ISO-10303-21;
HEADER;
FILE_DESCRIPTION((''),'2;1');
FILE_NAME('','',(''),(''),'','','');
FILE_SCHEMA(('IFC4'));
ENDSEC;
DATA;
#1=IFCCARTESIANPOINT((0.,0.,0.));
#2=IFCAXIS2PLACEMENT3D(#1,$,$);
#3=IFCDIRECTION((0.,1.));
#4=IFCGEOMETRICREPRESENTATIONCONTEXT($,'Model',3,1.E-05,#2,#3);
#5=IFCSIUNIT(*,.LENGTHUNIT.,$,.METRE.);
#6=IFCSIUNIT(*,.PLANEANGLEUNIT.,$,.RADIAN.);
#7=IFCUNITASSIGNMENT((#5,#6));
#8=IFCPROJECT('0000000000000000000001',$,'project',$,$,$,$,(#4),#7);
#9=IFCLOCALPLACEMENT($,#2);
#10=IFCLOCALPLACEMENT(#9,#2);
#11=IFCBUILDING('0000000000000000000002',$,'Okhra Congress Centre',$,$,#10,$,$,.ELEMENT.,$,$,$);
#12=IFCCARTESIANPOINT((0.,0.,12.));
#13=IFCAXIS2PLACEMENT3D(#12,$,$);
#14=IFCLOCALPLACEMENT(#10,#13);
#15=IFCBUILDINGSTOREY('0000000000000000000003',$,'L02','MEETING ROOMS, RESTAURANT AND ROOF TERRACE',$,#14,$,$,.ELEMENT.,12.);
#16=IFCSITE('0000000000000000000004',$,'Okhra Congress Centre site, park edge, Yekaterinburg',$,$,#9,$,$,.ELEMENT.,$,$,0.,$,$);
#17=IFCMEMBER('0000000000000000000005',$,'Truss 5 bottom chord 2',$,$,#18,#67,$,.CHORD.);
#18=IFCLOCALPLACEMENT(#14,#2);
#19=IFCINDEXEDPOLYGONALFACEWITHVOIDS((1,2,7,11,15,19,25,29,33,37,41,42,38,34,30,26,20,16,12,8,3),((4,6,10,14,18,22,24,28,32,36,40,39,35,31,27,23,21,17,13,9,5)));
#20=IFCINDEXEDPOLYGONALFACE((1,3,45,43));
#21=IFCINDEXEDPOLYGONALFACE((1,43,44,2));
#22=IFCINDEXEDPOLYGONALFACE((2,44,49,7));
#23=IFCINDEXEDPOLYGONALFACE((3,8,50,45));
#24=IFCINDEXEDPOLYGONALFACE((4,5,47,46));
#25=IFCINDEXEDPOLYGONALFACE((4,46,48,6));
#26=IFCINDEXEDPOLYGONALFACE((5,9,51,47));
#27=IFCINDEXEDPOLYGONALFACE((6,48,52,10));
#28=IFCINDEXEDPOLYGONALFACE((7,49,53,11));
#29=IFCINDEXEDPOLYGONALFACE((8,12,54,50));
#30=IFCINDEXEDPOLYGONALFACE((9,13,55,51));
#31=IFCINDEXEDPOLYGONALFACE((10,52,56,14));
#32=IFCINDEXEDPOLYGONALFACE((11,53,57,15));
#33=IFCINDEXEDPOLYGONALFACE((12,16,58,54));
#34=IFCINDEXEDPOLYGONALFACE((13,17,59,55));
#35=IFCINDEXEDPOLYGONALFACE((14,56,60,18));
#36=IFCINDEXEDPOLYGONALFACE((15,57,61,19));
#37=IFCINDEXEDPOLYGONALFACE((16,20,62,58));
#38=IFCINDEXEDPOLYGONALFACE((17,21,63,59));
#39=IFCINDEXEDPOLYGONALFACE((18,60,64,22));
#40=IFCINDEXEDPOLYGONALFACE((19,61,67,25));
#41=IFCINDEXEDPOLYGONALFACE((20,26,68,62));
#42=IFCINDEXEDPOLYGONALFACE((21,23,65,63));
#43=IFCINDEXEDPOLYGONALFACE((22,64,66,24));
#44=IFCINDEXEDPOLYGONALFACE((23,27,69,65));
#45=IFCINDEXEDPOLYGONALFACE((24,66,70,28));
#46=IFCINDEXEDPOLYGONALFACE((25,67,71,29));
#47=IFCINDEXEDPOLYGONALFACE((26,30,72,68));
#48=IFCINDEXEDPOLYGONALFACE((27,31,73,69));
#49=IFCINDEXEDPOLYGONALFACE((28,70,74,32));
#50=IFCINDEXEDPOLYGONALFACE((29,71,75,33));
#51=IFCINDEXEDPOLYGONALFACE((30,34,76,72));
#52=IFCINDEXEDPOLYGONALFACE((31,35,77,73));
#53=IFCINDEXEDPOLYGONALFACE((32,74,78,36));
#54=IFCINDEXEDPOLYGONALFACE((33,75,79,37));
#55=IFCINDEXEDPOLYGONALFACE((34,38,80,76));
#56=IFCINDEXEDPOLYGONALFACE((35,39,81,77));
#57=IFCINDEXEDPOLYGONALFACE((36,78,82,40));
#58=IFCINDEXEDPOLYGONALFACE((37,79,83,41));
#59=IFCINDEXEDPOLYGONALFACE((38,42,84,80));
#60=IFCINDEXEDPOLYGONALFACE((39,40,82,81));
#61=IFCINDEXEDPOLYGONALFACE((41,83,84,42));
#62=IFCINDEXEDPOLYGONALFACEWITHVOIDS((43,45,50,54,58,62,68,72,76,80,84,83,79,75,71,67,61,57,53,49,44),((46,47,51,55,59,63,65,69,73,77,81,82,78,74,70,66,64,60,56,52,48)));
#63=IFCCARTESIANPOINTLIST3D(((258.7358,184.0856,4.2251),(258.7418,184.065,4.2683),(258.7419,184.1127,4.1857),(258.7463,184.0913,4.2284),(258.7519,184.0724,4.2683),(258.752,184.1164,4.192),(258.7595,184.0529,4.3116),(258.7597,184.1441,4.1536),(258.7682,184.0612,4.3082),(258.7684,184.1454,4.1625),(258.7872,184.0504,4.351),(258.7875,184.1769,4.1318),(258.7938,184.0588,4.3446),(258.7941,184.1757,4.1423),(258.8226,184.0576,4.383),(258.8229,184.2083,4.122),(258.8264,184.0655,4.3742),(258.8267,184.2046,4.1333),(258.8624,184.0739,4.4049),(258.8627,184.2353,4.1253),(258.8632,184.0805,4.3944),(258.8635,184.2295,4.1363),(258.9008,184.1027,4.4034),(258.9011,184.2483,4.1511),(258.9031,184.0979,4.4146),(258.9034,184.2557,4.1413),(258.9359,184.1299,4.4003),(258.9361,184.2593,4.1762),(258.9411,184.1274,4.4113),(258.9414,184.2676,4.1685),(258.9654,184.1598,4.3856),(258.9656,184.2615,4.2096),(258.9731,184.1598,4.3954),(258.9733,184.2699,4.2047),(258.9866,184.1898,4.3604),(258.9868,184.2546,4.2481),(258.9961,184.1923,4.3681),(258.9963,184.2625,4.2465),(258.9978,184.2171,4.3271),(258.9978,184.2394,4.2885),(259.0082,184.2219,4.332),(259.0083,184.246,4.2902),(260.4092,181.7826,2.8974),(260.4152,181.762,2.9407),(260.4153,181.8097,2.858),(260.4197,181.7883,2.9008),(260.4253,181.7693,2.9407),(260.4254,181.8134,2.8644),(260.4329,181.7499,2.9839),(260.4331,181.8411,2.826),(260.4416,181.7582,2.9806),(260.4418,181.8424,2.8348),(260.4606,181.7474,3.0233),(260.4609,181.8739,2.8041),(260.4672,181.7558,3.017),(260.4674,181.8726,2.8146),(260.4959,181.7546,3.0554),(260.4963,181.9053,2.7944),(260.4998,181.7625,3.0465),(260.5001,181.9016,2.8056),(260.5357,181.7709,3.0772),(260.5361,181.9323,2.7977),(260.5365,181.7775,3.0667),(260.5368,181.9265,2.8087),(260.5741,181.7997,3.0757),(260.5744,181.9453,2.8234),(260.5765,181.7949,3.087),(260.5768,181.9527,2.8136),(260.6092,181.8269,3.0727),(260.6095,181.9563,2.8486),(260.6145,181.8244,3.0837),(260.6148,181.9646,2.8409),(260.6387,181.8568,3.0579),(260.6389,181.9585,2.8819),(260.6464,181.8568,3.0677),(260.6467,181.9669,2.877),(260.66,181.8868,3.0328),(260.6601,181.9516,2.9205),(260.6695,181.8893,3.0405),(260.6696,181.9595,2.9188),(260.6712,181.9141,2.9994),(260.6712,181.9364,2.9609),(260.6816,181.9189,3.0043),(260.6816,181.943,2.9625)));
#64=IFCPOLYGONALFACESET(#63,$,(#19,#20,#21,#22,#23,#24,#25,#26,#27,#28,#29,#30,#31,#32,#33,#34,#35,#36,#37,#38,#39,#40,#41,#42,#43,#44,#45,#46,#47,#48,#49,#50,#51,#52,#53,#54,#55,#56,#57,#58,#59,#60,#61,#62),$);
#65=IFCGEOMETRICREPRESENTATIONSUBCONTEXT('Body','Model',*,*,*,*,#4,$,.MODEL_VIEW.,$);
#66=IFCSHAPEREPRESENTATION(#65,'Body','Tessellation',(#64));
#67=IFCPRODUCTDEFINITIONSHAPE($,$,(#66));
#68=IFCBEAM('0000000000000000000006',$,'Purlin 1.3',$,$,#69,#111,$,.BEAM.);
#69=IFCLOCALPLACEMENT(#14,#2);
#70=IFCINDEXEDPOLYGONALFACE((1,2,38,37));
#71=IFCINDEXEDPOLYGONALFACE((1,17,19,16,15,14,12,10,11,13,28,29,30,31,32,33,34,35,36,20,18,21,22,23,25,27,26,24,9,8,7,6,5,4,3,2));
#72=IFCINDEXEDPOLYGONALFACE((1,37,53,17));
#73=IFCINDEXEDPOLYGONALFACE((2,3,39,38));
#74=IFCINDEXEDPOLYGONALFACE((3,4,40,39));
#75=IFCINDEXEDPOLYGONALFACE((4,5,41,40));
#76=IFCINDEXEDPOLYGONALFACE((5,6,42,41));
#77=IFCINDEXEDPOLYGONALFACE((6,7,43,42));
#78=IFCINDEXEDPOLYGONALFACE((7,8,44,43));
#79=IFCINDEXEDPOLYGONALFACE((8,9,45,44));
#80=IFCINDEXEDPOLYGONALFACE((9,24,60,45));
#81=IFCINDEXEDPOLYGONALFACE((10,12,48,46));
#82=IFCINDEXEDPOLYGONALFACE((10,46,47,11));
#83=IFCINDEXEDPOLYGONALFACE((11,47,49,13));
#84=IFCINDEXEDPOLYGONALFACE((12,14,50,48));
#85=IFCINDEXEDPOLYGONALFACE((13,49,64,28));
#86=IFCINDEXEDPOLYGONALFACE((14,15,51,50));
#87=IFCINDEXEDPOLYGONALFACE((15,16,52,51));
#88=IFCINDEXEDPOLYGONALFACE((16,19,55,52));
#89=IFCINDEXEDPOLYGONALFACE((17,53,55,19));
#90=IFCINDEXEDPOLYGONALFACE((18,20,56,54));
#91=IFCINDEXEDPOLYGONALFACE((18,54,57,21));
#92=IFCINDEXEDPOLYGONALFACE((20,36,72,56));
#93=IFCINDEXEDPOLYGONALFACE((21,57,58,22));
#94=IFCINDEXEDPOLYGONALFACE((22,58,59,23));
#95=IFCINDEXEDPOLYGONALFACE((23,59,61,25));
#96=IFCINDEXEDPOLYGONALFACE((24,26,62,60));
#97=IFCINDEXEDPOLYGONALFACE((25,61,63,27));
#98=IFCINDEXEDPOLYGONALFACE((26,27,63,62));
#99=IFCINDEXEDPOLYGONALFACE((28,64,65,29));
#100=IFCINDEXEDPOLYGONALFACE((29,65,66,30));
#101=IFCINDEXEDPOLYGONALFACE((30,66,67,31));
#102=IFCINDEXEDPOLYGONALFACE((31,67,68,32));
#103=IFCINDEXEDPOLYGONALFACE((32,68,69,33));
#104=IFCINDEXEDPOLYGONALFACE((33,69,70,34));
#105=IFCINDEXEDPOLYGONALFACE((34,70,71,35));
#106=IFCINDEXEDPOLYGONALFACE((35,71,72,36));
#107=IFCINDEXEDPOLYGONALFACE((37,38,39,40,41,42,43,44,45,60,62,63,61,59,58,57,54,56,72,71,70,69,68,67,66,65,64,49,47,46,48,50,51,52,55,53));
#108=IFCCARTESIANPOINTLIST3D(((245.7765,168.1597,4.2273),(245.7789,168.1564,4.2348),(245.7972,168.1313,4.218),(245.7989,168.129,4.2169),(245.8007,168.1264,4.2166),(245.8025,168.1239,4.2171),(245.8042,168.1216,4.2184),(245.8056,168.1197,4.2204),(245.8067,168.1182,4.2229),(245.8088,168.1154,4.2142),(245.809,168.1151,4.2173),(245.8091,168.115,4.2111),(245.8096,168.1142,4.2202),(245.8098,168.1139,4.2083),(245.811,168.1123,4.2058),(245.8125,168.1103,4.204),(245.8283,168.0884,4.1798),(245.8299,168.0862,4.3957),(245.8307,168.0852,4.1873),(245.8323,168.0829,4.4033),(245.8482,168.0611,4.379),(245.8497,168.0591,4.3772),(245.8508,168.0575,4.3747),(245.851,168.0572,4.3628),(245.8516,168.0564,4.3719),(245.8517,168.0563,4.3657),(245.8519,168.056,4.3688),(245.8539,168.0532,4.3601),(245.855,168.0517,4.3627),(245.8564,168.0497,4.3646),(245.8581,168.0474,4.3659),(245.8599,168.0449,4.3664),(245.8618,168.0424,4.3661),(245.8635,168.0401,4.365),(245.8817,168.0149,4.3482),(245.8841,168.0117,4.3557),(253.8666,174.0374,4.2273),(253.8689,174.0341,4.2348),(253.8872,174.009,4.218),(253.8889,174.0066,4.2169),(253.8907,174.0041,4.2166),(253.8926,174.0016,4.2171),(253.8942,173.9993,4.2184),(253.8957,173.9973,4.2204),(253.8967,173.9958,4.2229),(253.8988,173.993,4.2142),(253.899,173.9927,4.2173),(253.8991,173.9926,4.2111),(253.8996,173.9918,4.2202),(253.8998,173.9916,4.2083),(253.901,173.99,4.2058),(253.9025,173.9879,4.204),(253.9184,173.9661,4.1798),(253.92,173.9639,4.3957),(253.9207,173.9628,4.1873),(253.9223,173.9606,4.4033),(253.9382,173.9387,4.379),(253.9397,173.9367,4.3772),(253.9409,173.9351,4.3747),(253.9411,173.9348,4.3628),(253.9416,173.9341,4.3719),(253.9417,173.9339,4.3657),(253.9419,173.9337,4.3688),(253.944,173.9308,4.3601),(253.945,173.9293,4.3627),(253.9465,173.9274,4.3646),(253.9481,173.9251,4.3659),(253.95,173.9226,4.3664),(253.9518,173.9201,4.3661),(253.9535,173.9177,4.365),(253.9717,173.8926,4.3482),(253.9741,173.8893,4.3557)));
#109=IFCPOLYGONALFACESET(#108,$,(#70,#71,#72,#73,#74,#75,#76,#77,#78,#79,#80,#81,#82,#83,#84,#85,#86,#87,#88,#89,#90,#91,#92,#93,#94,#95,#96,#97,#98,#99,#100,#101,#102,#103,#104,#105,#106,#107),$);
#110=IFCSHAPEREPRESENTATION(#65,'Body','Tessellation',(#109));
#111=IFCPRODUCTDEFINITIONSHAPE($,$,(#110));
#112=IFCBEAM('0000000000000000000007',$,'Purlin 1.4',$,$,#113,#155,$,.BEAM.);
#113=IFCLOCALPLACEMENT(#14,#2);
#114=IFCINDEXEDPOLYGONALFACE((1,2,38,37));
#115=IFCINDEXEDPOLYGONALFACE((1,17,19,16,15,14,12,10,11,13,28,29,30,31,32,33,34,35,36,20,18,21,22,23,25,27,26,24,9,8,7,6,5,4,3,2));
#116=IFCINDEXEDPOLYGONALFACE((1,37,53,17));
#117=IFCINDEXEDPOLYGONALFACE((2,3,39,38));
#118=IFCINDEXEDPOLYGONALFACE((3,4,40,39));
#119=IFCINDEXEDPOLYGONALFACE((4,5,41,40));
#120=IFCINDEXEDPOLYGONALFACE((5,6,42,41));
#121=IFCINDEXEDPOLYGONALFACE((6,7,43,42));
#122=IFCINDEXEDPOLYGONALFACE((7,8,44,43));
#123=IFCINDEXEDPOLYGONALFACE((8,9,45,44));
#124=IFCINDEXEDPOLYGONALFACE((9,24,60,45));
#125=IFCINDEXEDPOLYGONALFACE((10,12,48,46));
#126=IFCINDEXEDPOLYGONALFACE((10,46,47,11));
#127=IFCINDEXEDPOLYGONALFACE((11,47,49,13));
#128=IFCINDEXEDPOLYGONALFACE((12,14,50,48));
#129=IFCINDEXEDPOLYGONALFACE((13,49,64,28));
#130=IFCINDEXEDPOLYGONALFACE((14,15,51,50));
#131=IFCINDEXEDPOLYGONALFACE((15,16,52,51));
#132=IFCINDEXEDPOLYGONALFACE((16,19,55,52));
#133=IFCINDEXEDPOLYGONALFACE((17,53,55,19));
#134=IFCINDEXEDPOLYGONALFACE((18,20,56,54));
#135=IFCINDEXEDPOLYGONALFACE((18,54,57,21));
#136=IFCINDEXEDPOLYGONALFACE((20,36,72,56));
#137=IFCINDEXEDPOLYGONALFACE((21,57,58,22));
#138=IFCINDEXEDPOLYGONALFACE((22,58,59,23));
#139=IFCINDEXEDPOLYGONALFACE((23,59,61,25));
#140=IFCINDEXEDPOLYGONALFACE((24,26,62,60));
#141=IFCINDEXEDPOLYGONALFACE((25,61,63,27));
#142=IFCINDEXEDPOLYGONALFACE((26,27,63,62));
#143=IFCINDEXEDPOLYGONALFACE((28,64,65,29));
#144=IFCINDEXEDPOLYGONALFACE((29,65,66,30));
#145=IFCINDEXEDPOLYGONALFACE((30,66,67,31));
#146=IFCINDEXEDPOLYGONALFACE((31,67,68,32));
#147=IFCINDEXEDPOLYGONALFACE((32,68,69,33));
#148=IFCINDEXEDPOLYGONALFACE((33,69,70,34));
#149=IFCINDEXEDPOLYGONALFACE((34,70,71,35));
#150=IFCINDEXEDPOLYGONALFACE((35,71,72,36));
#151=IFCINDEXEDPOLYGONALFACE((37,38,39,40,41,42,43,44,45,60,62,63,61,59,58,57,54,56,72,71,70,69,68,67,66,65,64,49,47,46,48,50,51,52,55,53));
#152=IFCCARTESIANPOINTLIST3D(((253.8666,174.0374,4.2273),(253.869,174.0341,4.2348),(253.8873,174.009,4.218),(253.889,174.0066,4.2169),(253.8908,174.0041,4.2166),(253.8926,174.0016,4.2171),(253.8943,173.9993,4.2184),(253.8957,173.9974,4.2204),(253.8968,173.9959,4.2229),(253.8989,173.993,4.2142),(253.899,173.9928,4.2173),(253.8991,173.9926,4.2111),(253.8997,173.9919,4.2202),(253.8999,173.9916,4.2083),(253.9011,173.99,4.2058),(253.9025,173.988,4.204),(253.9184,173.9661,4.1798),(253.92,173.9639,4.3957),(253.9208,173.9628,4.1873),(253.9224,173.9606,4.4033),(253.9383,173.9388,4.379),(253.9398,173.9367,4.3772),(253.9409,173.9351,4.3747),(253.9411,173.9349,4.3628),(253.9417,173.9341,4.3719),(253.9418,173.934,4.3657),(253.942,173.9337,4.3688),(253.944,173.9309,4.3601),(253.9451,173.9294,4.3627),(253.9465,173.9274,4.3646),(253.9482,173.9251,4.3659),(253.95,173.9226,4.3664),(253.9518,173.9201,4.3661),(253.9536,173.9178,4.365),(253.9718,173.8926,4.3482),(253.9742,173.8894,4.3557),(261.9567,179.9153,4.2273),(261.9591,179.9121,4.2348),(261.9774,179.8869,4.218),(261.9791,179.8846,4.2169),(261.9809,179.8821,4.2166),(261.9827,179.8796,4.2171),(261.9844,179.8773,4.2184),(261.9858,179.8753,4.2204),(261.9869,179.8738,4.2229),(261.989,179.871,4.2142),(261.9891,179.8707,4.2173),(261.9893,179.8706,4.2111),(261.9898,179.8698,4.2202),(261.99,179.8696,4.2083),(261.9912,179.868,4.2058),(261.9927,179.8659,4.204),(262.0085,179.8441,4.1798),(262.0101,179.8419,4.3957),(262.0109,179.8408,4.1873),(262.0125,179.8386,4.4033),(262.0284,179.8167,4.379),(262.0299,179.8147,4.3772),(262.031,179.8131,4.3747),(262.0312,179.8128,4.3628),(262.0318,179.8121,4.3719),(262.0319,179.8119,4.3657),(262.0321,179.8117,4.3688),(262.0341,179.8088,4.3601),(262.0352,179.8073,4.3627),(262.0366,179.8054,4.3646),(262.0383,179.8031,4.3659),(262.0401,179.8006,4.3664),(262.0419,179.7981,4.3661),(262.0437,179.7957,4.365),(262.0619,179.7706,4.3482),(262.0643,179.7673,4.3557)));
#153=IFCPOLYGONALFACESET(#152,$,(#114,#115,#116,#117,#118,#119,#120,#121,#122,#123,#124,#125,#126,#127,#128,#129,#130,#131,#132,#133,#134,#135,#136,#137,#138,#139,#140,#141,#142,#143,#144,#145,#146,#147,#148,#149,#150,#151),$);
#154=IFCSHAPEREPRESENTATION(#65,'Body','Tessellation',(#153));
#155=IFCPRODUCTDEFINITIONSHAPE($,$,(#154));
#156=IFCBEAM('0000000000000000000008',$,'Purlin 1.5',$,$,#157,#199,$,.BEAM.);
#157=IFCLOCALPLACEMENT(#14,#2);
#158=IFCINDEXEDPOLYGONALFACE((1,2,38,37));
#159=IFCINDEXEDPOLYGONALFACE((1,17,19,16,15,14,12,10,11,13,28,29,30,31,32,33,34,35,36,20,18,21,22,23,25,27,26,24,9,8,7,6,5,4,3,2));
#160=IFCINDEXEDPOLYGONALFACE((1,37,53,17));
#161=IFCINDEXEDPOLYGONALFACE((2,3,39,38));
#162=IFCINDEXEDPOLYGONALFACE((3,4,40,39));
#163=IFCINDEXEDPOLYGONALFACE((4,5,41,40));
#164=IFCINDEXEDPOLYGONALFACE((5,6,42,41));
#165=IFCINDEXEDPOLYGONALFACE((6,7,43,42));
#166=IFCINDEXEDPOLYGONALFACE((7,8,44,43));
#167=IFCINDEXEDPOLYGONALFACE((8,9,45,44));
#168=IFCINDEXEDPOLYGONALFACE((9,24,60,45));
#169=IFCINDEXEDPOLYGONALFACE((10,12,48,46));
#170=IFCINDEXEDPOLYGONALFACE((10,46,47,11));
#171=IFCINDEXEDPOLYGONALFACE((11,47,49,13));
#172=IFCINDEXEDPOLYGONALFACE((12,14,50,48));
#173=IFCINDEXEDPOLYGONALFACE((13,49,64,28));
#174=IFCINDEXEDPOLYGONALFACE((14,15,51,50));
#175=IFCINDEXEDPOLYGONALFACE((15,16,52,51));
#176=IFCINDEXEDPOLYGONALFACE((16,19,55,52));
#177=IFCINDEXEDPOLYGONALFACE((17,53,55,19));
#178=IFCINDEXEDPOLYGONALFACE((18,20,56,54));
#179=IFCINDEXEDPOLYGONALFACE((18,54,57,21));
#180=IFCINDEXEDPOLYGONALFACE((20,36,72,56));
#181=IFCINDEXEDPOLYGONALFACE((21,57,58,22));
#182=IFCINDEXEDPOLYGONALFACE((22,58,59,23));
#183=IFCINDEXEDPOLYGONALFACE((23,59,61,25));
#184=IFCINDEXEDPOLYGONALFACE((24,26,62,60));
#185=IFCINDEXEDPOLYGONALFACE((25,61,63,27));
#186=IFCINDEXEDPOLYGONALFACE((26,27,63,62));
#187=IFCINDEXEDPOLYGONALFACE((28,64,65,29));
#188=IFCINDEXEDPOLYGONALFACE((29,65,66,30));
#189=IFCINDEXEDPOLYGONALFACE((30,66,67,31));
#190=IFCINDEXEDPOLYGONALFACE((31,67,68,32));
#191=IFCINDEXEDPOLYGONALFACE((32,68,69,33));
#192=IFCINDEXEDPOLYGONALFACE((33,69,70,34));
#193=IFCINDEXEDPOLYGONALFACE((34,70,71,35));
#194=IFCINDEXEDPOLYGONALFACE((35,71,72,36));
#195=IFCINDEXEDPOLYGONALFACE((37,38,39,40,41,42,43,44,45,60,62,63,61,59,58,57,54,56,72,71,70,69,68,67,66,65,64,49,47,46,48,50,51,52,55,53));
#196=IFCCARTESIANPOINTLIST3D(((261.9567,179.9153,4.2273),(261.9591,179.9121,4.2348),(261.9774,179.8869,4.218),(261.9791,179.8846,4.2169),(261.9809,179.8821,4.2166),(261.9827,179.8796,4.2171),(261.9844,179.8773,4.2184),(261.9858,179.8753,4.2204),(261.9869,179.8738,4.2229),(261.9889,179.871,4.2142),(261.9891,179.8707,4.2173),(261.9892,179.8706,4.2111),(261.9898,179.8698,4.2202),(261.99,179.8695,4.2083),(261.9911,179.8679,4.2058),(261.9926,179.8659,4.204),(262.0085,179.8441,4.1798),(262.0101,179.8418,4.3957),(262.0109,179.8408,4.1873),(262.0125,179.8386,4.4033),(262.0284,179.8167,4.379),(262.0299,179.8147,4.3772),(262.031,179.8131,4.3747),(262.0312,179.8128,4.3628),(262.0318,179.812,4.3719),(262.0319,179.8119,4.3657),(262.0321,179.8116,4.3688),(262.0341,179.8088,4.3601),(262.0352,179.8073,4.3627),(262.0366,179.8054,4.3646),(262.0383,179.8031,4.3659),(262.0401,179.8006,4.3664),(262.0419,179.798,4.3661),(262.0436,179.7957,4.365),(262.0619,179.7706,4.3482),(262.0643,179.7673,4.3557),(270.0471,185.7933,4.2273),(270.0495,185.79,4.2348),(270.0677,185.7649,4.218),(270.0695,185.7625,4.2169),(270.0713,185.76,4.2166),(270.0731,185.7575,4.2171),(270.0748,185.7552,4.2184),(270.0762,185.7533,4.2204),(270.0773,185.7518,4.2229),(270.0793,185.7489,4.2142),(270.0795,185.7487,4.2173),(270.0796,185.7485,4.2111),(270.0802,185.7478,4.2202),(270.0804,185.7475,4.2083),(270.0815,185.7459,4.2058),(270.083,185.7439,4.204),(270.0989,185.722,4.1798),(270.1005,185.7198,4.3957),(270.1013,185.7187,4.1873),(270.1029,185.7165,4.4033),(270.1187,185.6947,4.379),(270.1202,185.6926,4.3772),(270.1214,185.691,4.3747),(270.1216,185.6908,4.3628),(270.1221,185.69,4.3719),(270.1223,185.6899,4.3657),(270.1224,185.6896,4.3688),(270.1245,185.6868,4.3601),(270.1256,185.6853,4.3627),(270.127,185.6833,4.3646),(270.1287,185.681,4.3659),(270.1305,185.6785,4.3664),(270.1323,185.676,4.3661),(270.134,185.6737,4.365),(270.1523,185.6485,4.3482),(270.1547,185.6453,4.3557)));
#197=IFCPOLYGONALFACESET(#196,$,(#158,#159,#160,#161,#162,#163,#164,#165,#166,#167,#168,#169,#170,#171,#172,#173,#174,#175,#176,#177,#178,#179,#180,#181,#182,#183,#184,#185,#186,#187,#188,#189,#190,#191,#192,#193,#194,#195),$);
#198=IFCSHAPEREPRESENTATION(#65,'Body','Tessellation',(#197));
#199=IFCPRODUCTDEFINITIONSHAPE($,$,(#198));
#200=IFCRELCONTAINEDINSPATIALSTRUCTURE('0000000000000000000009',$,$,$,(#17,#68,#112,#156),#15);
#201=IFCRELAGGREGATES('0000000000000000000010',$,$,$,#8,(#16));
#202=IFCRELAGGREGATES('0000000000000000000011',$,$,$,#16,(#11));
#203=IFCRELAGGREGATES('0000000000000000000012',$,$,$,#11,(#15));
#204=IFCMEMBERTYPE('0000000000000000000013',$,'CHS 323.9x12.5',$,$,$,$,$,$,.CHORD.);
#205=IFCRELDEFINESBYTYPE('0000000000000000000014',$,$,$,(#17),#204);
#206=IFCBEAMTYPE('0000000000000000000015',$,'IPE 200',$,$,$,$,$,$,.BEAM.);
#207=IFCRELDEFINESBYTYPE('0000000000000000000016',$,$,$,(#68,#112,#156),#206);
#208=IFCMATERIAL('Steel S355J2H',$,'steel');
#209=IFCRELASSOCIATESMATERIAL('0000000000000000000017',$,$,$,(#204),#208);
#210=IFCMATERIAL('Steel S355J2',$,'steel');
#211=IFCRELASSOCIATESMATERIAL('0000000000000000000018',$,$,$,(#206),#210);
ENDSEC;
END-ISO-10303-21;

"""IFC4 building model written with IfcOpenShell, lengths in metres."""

from ifc_helpers import new_model, si_unit, direction, frame, origin, origin_2d, place, context, subcontext, project, spatial, hollow_circle, i_section, extrude, material, material_profile, profile_set, type_object, element, save


model = new_model("IFC4")

# Units and contexts
model_context = context("Model", 3, precision=1e-05, world=origin(), true_north=direction((0.0, 1.0)))
body_context = subcontext(model_context, "Body", "Model", "MODEL_VIEW")
ifc_project = project(units=[si_unit("LENGTHUNIT", "METRE"), si_unit("PLANEANGLEUNIT", "RADIAN")], contexts=[model_context])

# Site, building, storey
site_placement = place(None, origin())
site = spatial("IfcSite", under=ifc_project, at=site_placement, Name="Okhra Congress Centre site, park edge, Yekaterinburg", CompositionType="ELEMENT", RefElevation=0.0)
building_placement = place(site_placement, origin())
building = spatial("IfcBuilding", under=site, at=building_placement, Name="Okhra Congress Centre", CompositionType="ELEMENT")
storey_placement = place(building_placement, frame((0.0, 0.0, 12.0)))
storey = spatial("IfcBuildingStorey", under=building, at=storey_placement, Name="L02", Description="MEETING ROOMS, RESTAURANT AND ROOF TERRACE", CompositionType="ELEMENT", Elevation=12.0)

# Shared definitions
ifc_material_1 = material(Name="Steel S355J2H", Category="steel")

# Member
ifc_material_profile_1 = material_profile(ifc_material_1, hollow_circle(Radius=0.1619, WallThickness=0.0125, at=origin_2d()), Name="CHS 323.9x12.5")
ifc_profile_set_1 = profile_set([ifc_material_profile_1], Name="Steel S355J2H")
member_type_1 = type_object("IfcMemberType", Name="CHS 323.9x12.5", PredefinedType="CHORD", material=ifc_profile_set_1)
member_1_placement = place(storey_placement, frame((260.5461, 181.8572, 2.9407), z_axis=(-0.532727, 0.73318, 0.422669), x_axis=(-0.808996, -0.587815, 0.0)))
element("IfcMember", 1, at=member_1_placement, inside=storey, type_object=member_type_1, Name="Truss 5 bottom chord 2", PredefinedType="CHORD", context=body_context, shape_type="SweptSolid", body=[
    extrude(hollow_circle(Radius=0.1619, WallThickness=0.0125, at=origin_2d()), origin(), (0.0, 0.0, 1.0), 3.1411),
])

# Beams
ifc_material_2 = material(Name="Steel S355J2", Category="steel")
ifc_material_profile_2 = material_profile(ifc_material_2, i_section(OverallWidth=0.1001, OverallDepth=0.2, WebThickness=0.0056, FlangeThickness=0.0085, FilletRadius=0.012, at=origin_2d()), Name="IPE 200")
ifc_profile_set_2 = profile_set([ifc_material_profile_2], Name="Steel S355J2")
beam_type = type_object("IfcBeamType", Name="IPE 200", PredefinedType="BEAM", material=ifc_profile_set_2)
beam_1_placement = place(storey_placement, frame((245.8303, 168.0857, 4.2915), z_axis=(0.809022, 0.587778, 0.0), x_axis=(-0.517363, 0.712102, 0.4746)))
element("IfcBeam", 2, at=beam_1_placement, inside=storey, type_object=beam_type, Name="Purlin 1.3", PredefinedType="BEAM", context=body_context, shape_type="SweptSolid", body=[
    extrude(i_section(OverallWidth=0.1001, OverallDepth=0.2, WebThickness=0.0056, FlangeThickness=0.0085, FilletRadius=0.012, at=origin_2d()), origin(), (0.0, 0.0, 1.0), 9.9998),
])
beam_2_placement = place(storey_placement, frame((253.9204, 173.9634, 4.2915), z_axis=(0.80901, 0.587794, 0.0), x_axis=(-0.517377, 0.712092, 0.4746)))
element("IfcBeam", 3, at=beam_2_placement, inside=storey, type_object=beam_type, Name="Purlin 1.4", PredefinedType="BEAM", context=body_context, shape_type="SweptSolid", body=[
    extrude(i_section(OverallWidth=0.1001, OverallDepth=0.2, WebThickness=0.0056, FlangeThickness=0.0085, FilletRadius=0.012, at=origin_2d()), origin(), (0.0, 0.0, 1.0), 10.0),
])
beam_3_placement = place(storey_placement, frame((262.0105, 179.8413, 4.2915), z_axis=(0.809019, 0.587783, 0.0), x_axis=(-0.517367, 0.7121, 0.4746)))
element("IfcBeam", 4, at=beam_3_placement, inside=storey, type_object=beam_type, Name="Purlin 1.5", PredefinedType="BEAM", context=body_context, shape_type="SweptSolid", body=[
    extrude(i_section(OverallWidth=0.1001, OverallDepth=0.2, WebThickness=0.0056, FlangeThickness=0.0085, FilletRadius=0.012, at=origin_2d()), origin(), (0.0, 0.0, 1.0), 10.0002),
])

save(model, "model.ifc")
